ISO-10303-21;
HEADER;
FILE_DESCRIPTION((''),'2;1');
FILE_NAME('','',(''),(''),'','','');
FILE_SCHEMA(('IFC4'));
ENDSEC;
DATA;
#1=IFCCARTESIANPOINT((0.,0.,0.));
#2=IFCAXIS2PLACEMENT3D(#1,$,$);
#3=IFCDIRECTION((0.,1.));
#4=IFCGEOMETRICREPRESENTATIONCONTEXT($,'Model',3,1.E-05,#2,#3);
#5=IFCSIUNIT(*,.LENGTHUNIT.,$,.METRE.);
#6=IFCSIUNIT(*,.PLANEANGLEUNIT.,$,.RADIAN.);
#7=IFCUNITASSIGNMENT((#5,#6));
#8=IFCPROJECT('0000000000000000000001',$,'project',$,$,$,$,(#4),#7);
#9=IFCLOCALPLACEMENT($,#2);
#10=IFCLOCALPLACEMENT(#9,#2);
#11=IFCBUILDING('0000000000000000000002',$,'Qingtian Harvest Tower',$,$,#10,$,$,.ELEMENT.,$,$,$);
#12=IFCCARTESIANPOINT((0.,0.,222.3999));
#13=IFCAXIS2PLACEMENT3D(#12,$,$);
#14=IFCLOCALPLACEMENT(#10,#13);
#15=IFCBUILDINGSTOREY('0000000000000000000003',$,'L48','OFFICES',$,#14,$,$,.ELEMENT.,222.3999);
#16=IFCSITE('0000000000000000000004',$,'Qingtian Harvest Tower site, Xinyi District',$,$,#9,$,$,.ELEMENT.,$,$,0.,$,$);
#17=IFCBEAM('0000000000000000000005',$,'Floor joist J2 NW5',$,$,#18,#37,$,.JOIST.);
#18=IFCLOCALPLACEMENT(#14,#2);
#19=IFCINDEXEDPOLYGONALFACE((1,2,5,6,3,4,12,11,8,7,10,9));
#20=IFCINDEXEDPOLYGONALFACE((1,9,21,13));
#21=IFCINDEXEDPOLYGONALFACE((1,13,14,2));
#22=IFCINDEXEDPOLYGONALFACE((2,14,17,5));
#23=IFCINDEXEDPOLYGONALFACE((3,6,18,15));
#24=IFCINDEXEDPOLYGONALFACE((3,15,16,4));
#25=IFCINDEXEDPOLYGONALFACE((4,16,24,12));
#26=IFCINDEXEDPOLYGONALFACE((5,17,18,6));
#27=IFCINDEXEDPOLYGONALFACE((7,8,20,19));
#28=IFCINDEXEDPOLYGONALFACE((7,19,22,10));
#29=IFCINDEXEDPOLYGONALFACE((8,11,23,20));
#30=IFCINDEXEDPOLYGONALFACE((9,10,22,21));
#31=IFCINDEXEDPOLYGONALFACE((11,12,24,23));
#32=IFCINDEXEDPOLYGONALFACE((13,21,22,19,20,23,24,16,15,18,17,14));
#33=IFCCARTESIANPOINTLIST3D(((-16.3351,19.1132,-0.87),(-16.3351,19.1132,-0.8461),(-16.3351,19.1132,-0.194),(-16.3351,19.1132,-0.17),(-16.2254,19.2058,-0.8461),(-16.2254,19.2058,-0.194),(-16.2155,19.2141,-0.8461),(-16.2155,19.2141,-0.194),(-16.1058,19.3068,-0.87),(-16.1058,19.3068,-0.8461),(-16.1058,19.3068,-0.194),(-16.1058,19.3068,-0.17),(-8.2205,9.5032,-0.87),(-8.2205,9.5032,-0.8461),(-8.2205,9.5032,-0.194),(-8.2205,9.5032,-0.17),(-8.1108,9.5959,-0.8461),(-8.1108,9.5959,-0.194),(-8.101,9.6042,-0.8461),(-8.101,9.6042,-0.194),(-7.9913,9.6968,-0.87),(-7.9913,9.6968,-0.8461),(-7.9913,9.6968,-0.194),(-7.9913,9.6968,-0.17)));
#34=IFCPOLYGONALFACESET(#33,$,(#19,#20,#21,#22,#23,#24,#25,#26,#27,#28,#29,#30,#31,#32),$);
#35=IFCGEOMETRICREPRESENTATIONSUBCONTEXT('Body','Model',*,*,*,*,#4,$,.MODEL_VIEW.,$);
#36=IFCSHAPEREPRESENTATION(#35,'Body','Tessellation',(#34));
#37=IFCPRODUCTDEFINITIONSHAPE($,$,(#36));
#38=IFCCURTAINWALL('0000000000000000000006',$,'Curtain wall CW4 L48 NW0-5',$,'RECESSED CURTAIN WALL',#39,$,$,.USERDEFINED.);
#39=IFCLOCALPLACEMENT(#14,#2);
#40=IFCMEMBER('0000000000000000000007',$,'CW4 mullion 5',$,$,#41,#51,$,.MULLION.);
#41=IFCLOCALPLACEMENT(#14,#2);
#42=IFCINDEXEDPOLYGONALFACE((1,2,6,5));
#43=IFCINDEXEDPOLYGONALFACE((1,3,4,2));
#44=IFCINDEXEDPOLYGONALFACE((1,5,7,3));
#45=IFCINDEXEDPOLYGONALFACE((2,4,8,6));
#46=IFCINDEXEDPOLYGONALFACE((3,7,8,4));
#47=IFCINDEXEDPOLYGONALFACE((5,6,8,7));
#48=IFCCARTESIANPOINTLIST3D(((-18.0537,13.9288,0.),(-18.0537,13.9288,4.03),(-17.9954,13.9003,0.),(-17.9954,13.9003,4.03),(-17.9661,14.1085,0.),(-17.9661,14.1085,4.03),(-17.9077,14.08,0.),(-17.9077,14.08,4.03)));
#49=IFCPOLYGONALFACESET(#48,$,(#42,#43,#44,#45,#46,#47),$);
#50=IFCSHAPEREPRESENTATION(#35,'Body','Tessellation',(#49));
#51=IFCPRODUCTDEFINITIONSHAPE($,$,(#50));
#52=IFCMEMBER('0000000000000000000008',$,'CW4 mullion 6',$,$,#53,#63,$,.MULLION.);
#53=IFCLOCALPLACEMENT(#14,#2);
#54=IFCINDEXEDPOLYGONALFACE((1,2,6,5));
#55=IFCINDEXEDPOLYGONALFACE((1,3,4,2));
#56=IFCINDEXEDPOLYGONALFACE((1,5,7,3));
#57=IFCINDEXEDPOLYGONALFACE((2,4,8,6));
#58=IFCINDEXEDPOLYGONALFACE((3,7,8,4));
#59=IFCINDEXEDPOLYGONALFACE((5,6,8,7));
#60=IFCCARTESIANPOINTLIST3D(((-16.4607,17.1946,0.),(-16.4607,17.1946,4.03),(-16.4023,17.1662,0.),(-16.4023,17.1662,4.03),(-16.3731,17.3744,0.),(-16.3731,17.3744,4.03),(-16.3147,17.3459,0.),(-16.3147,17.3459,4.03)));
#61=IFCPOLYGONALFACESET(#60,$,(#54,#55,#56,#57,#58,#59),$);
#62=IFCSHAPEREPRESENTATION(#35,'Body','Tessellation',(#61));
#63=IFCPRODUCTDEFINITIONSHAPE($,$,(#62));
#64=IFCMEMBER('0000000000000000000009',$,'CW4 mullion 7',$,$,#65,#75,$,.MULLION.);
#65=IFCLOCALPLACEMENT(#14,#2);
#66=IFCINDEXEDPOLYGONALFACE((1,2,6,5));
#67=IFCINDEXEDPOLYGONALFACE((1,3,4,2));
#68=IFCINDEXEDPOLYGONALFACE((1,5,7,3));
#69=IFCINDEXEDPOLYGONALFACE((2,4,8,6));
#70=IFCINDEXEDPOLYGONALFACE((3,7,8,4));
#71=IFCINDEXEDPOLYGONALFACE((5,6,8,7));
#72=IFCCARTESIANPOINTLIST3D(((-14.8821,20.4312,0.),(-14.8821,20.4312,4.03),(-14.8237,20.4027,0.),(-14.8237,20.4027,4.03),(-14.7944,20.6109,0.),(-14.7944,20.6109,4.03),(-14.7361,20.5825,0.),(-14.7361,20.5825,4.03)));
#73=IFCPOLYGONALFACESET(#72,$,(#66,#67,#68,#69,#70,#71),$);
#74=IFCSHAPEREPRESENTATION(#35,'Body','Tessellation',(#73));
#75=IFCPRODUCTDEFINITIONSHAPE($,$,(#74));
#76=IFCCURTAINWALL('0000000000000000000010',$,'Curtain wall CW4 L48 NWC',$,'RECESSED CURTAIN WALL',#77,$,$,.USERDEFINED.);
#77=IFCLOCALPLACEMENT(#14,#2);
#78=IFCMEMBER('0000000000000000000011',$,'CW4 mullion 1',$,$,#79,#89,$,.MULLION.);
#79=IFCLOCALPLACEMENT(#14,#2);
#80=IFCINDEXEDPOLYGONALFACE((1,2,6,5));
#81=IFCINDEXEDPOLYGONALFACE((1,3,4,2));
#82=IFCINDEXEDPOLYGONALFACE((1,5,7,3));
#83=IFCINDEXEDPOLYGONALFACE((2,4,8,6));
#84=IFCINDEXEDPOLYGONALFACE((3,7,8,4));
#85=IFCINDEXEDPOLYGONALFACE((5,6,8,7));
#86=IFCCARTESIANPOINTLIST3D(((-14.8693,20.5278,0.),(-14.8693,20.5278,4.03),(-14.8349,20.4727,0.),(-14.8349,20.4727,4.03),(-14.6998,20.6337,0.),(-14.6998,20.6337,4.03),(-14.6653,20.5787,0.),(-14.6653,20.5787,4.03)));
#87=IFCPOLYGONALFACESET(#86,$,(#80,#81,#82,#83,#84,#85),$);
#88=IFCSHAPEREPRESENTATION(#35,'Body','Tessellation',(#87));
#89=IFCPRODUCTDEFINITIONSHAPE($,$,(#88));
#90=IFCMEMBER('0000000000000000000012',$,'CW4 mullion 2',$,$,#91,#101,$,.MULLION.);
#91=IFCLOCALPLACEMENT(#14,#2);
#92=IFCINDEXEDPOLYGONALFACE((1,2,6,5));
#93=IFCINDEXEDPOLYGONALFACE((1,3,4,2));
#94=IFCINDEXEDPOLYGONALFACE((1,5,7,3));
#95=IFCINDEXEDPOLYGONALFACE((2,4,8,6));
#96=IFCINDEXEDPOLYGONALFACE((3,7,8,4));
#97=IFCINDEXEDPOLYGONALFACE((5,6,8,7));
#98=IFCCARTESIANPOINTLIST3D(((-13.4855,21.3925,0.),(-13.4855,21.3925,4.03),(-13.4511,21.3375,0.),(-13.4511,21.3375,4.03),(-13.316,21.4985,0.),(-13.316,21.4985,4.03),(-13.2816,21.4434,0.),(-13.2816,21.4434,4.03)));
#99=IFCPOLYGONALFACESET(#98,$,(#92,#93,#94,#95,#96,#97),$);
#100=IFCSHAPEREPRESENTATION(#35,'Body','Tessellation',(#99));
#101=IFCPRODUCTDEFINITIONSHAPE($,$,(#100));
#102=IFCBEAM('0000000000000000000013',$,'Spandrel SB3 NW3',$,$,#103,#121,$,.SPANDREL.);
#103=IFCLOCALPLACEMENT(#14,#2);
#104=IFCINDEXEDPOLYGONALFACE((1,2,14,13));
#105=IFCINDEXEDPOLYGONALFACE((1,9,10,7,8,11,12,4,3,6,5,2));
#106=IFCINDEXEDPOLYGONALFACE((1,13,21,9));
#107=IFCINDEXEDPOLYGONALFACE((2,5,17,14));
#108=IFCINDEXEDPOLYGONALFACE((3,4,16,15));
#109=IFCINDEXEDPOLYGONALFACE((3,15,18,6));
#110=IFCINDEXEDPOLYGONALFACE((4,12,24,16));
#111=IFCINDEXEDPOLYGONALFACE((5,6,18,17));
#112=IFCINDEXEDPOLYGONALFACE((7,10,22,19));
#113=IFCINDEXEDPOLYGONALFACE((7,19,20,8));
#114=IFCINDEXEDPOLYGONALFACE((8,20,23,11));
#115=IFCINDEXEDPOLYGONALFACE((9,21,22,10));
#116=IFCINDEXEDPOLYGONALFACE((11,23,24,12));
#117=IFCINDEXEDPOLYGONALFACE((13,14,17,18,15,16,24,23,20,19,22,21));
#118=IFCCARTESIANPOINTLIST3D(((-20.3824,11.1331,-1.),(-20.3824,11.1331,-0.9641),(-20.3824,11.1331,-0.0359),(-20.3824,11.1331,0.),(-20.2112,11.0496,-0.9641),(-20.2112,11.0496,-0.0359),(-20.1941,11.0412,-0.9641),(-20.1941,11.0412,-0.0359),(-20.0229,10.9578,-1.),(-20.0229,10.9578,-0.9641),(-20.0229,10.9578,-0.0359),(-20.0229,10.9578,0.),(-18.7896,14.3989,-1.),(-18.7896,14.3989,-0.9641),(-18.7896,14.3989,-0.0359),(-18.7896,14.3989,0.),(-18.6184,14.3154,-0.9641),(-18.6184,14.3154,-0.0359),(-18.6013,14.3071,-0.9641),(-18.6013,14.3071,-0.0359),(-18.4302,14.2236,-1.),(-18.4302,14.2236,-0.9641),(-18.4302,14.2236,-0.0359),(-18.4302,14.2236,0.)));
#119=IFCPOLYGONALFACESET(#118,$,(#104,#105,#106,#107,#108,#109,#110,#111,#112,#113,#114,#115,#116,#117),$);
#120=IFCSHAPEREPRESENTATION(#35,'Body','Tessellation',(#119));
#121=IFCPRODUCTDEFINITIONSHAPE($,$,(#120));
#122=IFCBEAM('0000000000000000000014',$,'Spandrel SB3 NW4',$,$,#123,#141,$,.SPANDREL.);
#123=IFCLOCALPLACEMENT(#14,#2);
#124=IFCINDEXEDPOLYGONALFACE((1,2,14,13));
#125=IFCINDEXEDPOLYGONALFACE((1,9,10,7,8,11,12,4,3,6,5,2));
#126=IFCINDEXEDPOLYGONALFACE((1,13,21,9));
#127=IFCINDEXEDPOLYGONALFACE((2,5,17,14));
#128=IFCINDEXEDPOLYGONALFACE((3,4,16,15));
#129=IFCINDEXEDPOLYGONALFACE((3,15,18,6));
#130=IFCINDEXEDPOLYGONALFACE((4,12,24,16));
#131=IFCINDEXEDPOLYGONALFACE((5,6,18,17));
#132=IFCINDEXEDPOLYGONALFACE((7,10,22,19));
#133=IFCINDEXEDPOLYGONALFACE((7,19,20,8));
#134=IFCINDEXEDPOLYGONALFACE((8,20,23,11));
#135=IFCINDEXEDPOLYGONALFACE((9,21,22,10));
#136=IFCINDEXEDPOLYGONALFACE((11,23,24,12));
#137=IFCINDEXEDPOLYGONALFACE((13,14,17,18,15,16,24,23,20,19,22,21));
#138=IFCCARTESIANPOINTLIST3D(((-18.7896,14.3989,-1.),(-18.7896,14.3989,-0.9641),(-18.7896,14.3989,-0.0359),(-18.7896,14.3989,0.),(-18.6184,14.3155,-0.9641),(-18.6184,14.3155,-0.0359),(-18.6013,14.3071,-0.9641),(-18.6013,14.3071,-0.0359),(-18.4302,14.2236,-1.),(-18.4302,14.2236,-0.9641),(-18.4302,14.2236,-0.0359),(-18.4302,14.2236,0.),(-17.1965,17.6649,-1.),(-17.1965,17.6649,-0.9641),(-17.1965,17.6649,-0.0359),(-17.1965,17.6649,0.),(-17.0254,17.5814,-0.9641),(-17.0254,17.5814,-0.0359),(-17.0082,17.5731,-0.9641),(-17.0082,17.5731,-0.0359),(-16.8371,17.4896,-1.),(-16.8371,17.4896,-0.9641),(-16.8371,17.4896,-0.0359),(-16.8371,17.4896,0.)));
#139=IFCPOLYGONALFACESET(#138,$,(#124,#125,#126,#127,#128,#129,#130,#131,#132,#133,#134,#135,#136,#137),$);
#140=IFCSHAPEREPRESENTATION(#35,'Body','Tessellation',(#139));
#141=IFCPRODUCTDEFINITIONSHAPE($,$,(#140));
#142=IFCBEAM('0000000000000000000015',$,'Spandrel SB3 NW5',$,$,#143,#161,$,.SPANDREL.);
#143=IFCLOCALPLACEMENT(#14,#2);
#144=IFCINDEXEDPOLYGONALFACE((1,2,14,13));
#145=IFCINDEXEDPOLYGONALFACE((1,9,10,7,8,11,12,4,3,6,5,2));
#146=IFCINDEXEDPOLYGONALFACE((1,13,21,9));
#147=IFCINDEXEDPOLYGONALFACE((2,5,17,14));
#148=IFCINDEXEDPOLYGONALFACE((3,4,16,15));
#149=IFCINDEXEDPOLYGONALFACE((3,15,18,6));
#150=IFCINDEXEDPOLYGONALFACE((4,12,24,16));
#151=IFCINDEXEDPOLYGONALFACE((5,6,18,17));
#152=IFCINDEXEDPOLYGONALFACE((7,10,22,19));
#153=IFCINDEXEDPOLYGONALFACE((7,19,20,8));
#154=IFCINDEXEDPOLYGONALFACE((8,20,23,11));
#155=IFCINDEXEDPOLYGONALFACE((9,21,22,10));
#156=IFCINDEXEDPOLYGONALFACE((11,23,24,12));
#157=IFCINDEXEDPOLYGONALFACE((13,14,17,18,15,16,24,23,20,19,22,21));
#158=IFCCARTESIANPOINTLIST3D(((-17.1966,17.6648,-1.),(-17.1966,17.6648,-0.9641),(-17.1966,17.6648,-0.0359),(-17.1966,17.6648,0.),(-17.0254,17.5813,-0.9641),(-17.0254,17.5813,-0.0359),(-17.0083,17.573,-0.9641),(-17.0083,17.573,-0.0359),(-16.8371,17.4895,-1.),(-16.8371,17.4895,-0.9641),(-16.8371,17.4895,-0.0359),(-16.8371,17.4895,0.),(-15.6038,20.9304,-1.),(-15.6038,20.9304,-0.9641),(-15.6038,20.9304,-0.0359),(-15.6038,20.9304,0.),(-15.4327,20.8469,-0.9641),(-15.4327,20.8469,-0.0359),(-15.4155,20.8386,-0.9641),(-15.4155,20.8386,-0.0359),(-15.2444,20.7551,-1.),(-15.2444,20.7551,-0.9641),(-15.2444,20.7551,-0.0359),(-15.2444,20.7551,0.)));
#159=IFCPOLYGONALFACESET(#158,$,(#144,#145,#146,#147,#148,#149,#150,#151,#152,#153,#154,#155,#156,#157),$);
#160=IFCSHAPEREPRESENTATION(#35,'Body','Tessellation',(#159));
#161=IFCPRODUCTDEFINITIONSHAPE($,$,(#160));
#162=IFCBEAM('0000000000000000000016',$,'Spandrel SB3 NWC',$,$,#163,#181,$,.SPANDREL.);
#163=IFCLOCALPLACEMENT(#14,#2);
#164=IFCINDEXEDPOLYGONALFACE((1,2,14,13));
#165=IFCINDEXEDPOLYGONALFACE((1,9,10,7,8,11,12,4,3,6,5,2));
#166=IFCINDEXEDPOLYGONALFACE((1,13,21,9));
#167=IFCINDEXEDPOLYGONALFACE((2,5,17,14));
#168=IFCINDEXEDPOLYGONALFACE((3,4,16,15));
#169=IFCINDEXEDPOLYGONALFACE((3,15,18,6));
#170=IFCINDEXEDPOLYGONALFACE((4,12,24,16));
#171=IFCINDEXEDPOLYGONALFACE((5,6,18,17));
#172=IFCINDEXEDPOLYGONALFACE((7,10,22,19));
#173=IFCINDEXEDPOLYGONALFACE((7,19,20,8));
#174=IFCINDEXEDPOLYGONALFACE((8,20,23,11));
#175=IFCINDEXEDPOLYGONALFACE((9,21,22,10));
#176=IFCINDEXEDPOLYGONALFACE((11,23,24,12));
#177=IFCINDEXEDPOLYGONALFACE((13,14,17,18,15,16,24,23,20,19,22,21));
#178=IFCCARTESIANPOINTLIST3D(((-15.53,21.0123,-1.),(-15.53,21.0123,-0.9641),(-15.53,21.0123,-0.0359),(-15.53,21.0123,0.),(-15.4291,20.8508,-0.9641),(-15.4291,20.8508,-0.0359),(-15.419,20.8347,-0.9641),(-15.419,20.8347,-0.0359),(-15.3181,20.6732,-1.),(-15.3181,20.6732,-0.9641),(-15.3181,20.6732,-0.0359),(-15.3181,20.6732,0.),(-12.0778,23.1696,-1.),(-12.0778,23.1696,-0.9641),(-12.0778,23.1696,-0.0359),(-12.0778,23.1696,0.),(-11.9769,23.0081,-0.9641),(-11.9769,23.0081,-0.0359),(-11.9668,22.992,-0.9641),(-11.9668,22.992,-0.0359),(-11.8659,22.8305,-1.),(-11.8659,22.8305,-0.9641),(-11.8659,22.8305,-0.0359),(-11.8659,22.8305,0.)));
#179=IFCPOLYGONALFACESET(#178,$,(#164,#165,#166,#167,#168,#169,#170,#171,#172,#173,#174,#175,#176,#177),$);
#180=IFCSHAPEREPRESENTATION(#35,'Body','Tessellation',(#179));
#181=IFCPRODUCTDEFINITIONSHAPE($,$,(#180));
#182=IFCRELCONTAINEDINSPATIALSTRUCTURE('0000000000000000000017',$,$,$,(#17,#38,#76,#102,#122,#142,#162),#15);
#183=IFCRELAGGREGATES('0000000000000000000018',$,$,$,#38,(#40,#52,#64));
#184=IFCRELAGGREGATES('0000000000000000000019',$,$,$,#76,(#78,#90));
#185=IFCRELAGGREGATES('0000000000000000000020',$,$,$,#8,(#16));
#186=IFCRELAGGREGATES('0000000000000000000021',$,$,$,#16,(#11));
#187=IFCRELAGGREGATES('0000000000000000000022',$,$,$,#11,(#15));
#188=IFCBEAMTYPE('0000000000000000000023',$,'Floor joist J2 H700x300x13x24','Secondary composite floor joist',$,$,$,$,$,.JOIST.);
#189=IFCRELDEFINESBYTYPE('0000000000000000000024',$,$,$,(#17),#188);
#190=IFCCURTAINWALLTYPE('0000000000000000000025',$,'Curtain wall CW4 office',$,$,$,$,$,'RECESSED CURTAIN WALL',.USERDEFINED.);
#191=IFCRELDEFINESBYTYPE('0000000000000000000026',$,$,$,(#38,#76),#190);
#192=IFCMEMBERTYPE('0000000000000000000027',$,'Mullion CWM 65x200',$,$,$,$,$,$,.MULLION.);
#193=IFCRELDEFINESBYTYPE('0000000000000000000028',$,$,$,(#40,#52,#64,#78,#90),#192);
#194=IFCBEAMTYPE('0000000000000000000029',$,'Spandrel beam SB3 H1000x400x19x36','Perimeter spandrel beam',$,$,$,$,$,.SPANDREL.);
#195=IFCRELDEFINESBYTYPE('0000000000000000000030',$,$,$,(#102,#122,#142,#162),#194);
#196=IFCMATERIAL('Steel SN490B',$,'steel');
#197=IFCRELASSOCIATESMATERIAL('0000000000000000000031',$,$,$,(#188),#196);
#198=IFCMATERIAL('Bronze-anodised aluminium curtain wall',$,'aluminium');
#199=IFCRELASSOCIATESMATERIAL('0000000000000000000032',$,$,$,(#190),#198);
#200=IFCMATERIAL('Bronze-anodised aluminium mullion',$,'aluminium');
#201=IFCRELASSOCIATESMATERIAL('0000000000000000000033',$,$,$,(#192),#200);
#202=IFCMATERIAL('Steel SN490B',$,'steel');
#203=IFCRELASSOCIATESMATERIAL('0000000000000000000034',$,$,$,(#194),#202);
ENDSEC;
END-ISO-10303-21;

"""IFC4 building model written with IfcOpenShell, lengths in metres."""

from ifc_helpers import new_model, si_unit, direction, frame, origin, origin_2d, place, context, subcontext, project, spatial, rectangle, i_section, extrude, material, material_profile, profile_set, type_object, element, aggregate, save


model = new_model("IFC4")

# Units and contexts
model_context = context("Model", 3, precision=1e-05, world=origin(), true_north=direction((0.0, 1.0)))
body_context = subcontext(model_context, "Body", "Model", "MODEL_VIEW")
ifc_project = project(units=[si_unit("LENGTHUNIT", "METRE"), si_unit("PLANEANGLEUNIT", "RADIAN")], contexts=[model_context])

# Site, building, storey
site_placement = place(None, origin())
site = spatial("IfcSite", under=ifc_project, at=site_placement, Name="Qingtian Harvest Tower site, Xinyi District", CompositionType="ELEMENT", RefElevation=0.0)
building_placement = place(site_placement, origin())
building = spatial("IfcBuilding", under=site, at=building_placement, Name="Qingtian Harvest Tower", CompositionType="ELEMENT")
storey_placement = place(building_placement, frame((0.0, 0.0, 222.3999)))
storey = spatial("IfcBuildingStorey", under=building, at=storey_placement, Name="L48", Description="OFFICES", CompositionType="ELEMENT", Elevation=222.3999)

# Beam
ifc_material_1 = material(Name="Steel SN490B", Category="steel")
ifc_material_profile_1 = material_profile(ifc_material_1, i_section(OverallWidth=0.3, OverallDepth=0.7, WebThickness=0.0129, FlangeThickness=0.0239, at=origin_2d()), Name="H700x300x13x24")
ifc_profile_set_1 = profile_set([ifc_material_profile_1], Name="Steel SN490B")
beam_type_1 = type_object("IfcBeamType", Name="Floor joist J2 H700x300x13x24", Description="Secondary composite floor joist", PredefinedType="JOIST", material=ifc_profile_set_1)
beam_1_placement = place(storey_placement, frame((-16.2205, 19.21, -0.52), z_axis=(0.645158, -0.764049, 0.0), x_axis=(0.764049, 0.645158, 0.0)))
element("IfcBeam", 1, at=beam_1_placement, inside=storey, type_object=beam_type_1, Name="Floor joist J2 NW5", PredefinedType="JOIST", context=body_context, shape_type="SweptSolid", body=[
    extrude(i_section(OverallWidth=0.3, OverallDepth=0.7, WebThickness=0.0129, FlangeThickness=0.0239, at=origin_2d()), origin(), (0.0, 0.0, 1.0), 12.5776),
])

# Curtain walls, members
ifc_material_2 = material(Name="Bronze-anodised aluminium curtain wall", Category="aluminium")
curtain_wall_type = type_object("IfcCurtainWallType", Name="Curtain wall CW4 office", ElementType="RECESSED CURTAIN WALL", PredefinedType="USERDEFINED", material=ifc_material_2)
curtain_wall_1_placement = place(storey_placement, origin())
curtain_wall_1 = element("IfcCurtainWall", 2, at=curtain_wall_1_placement, inside=storey, type_object=curtain_wall_type, Name="Curtain wall CW4 L48 NW0-5", ObjectType="RECESSED CURTAIN WALL", PredefinedType="USERDEFINED")
ifc_material_3 = material(Name="Bronze-anodised aluminium mullion", Category="aluminium")
ifc_material_profile_2 = material_profile(ifc_material_3, rectangle(XDim=0.0649, YDim=0.2, at=origin_2d()), Name="AL 65x200")
ifc_profile_set_2 = profile_set([ifc_material_profile_2], Name="Bronze-anodised aluminium mullion")
member_type_1 = type_object("IfcMemberType", Name="Mullion CWM 65x200", PredefinedType="MULLION", material=ifc_profile_set_2)
member_1_placement = place(storey_placement, frame((-17.9807, 14.0044, 0.0), z_axis=(0.0, 0.0, 1.0), x_axis=(-0.898794, 0.438371, 0.0)))
member_1 = element("IfcMember", 3, at=member_1_placement, type_object=member_type_1, Name="CW4 mullion 5", PredefinedType="MULLION", context=body_context, shape_type="SweptSolid", body=[
    extrude(rectangle(XDim=0.0649, YDim=0.2, at=origin_2d()), origin(), (0.0, 0.0, 1.0), 4.03),
])
member_2_placement = place(storey_placement, frame((-16.3877, 17.2703, 0.0), z_axis=(0.0, 0.0, 1.0), x_axis=(-0.898794, 0.438371, 0.0)))
member_2 = element("IfcMember", 4, at=member_2_placement, type_object=member_type_1, Name="CW4 mullion 6", PredefinedType="MULLION", context=body_context, shape_type="SweptSolid", body=[
    extrude(rectangle(XDim=0.0649, YDim=0.2, at=origin_2d()), origin(), (0.0, 0.0, 1.0), 4.03),
])
member_3_placement = place(storey_placement, frame((-14.8091, 20.5068, 0.0), z_axis=(0.0, 0.0, 1.0), x_axis=(-0.898794, 0.438371, 0.0)))
member_3 = element("IfcMember", 5, at=member_3_placement, type_object=member_type_1, Name="CW4 mullion 7", PredefinedType="MULLION", context=body_context, shape_type="SweptSolid", body=[
    extrude(rectangle(XDim=0.0649, YDim=0.2, at=origin_2d()), origin(), (0.0, 0.0, 1.0), 4.03),
])
curtain_wall_2_placement = place(storey_placement, origin())
curtain_wall_2 = element("IfcCurtainWall", 6, at=curtain_wall_2_placement, inside=storey, type_object=curtain_wall_type, Name="Curtain wall CW4 L48 NWC", ObjectType="RECESSED CURTAIN WALL", PredefinedType="USERDEFINED")
member_4_placement = place(storey_placement, frame((-14.7673, 20.5532, 0.0), z_axis=(0.0, 0.0, 1.0), x_axis=(-0.529919, 0.848048, 0.0)))
member_4 = element("IfcMember", 7, at=member_4_placement, type_object=member_type_1, Name="CW4 mullion 1", PredefinedType="MULLION", context=body_context, shape_type="SweptSolid", body=[
    extrude(rectangle(XDim=0.0649, YDim=0.2, at=origin_2d()), origin(), (0.0, 0.0, 1.0), 4.03),
])
member_5_placement = place(storey_placement, frame((-13.3835, 21.418, 0.0), z_axis=(0.0, 0.0, 1.0), x_axis=(-0.529919, 0.848048, 0.0)))
member_5 = element("IfcMember", 8, at=member_5_placement, type_object=member_type_1, Name="CW4 mullion 2", PredefinedType="MULLION", context=body_context, shape_type="SweptSolid", body=[
    extrude(rectangle(XDim=0.0649, YDim=0.2, at=origin_2d()), origin(), (0.0, 0.0, 1.0), 4.03),
])

# Beams
ifc_material_4 = material(Name="Steel SN490B", Category="steel")
ifc_material_profile_3 = material_profile(ifc_material_4, i_section(OverallWidth=0.3999, OverallDepth=1.0, WebThickness=0.019, FlangeThickness=0.0359, at=origin_2d()), Name="H1000x400x19x36")
ifc_profile_set_3 = profile_set([ifc_material_profile_3], Name="Steel SN490B")
beam_type_2 = type_object("IfcBeamType", Name="Spandrel beam SB3 H1000x400x19x36", Description="Perimeter spandrel beam", PredefinedType="SPANDREL", material=ifc_profile_set_3)
beam_2_placement = place(storey_placement, frame((-20.2026, 11.0454, -0.5), z_axis=(0.438349, 0.898805, 0.0), x_axis=(-0.898805, 0.438349, 0.0)))
element("IfcBeam", 9, at=beam_2_placement, inside=storey, type_object=beam_type_2, Name="Spandrel SB3 NW3", PredefinedType="SPANDREL", context=body_context, shape_type="SweptSolid", body=[
    extrude(i_section(OverallWidth=0.3999, OverallDepth=1.0, WebThickness=0.019, FlangeThickness=0.0359, at=origin_2d()), origin(), (0.0, 0.0, 1.0), 3.6335),
])
beam_3_placement = place(storey_placement, frame((-18.6099, 14.3113, -0.5), z_axis=(0.438404, 0.898778, 0.0), x_axis=(-0.898778, 0.438404, 0.0)))
element("IfcBeam", 10, at=beam_3_placement, inside=storey, type_object=beam_type_2, Name="Spandrel SB3 NW4", PredefinedType="SPANDREL", context=body_context, shape_type="SweptSolid", body=[
    extrude(i_section(OverallWidth=0.3999, OverallDepth=1.0, WebThickness=0.019, FlangeThickness=0.0359, at=origin_2d()), origin(), (0.0, 0.0, 1.0), 3.6338),
])
beam_4_placement = place(storey_placement, frame((-17.0168, 17.5771, -0.5), z_axis=(0.438376, 0.898792, 0.0), x_axis=(-0.898792, 0.438376, 0.0)))
element("IfcBeam", 11, at=beam_4_placement, inside=storey, type_object=beam_type_2, Name="Spandrel SB3 NW5", PredefinedType="SPANDREL", context=body_context, shape_type="SweptSolid", body=[
    extrude(i_section(OverallWidth=0.3999, OverallDepth=1.0, WebThickness=0.019, FlangeThickness=0.0359, at=origin_2d()), origin(), (0.0, 0.0, 1.0), 3.6333),
])
beam_5_placement = place(storey_placement, frame((-15.4241, 20.8428, -0.5), z_axis=(0.848039, 0.529934, 0.0), x_axis=(-0.529934, 0.848039, 0.0)))
element("IfcBeam", 12, at=beam_5_placement, inside=storey, type_object=beam_type_2, Name="Spandrel SB3 NWC", PredefinedType="SPANDREL", context=body_context, shape_type="SweptSolid", body=[
    extrude(i_section(OverallWidth=0.3999, OverallDepth=1.0, WebThickness=0.019, FlangeThickness=0.0359, at=origin_2d()), origin(), (0.0, 0.0, 1.0), 4.0708),
])

aggregate(curtain_wall_1, [member_1, member_2, member_3])
aggregate(curtain_wall_2, [member_4, member_5])

save(model, "model.ifc")
